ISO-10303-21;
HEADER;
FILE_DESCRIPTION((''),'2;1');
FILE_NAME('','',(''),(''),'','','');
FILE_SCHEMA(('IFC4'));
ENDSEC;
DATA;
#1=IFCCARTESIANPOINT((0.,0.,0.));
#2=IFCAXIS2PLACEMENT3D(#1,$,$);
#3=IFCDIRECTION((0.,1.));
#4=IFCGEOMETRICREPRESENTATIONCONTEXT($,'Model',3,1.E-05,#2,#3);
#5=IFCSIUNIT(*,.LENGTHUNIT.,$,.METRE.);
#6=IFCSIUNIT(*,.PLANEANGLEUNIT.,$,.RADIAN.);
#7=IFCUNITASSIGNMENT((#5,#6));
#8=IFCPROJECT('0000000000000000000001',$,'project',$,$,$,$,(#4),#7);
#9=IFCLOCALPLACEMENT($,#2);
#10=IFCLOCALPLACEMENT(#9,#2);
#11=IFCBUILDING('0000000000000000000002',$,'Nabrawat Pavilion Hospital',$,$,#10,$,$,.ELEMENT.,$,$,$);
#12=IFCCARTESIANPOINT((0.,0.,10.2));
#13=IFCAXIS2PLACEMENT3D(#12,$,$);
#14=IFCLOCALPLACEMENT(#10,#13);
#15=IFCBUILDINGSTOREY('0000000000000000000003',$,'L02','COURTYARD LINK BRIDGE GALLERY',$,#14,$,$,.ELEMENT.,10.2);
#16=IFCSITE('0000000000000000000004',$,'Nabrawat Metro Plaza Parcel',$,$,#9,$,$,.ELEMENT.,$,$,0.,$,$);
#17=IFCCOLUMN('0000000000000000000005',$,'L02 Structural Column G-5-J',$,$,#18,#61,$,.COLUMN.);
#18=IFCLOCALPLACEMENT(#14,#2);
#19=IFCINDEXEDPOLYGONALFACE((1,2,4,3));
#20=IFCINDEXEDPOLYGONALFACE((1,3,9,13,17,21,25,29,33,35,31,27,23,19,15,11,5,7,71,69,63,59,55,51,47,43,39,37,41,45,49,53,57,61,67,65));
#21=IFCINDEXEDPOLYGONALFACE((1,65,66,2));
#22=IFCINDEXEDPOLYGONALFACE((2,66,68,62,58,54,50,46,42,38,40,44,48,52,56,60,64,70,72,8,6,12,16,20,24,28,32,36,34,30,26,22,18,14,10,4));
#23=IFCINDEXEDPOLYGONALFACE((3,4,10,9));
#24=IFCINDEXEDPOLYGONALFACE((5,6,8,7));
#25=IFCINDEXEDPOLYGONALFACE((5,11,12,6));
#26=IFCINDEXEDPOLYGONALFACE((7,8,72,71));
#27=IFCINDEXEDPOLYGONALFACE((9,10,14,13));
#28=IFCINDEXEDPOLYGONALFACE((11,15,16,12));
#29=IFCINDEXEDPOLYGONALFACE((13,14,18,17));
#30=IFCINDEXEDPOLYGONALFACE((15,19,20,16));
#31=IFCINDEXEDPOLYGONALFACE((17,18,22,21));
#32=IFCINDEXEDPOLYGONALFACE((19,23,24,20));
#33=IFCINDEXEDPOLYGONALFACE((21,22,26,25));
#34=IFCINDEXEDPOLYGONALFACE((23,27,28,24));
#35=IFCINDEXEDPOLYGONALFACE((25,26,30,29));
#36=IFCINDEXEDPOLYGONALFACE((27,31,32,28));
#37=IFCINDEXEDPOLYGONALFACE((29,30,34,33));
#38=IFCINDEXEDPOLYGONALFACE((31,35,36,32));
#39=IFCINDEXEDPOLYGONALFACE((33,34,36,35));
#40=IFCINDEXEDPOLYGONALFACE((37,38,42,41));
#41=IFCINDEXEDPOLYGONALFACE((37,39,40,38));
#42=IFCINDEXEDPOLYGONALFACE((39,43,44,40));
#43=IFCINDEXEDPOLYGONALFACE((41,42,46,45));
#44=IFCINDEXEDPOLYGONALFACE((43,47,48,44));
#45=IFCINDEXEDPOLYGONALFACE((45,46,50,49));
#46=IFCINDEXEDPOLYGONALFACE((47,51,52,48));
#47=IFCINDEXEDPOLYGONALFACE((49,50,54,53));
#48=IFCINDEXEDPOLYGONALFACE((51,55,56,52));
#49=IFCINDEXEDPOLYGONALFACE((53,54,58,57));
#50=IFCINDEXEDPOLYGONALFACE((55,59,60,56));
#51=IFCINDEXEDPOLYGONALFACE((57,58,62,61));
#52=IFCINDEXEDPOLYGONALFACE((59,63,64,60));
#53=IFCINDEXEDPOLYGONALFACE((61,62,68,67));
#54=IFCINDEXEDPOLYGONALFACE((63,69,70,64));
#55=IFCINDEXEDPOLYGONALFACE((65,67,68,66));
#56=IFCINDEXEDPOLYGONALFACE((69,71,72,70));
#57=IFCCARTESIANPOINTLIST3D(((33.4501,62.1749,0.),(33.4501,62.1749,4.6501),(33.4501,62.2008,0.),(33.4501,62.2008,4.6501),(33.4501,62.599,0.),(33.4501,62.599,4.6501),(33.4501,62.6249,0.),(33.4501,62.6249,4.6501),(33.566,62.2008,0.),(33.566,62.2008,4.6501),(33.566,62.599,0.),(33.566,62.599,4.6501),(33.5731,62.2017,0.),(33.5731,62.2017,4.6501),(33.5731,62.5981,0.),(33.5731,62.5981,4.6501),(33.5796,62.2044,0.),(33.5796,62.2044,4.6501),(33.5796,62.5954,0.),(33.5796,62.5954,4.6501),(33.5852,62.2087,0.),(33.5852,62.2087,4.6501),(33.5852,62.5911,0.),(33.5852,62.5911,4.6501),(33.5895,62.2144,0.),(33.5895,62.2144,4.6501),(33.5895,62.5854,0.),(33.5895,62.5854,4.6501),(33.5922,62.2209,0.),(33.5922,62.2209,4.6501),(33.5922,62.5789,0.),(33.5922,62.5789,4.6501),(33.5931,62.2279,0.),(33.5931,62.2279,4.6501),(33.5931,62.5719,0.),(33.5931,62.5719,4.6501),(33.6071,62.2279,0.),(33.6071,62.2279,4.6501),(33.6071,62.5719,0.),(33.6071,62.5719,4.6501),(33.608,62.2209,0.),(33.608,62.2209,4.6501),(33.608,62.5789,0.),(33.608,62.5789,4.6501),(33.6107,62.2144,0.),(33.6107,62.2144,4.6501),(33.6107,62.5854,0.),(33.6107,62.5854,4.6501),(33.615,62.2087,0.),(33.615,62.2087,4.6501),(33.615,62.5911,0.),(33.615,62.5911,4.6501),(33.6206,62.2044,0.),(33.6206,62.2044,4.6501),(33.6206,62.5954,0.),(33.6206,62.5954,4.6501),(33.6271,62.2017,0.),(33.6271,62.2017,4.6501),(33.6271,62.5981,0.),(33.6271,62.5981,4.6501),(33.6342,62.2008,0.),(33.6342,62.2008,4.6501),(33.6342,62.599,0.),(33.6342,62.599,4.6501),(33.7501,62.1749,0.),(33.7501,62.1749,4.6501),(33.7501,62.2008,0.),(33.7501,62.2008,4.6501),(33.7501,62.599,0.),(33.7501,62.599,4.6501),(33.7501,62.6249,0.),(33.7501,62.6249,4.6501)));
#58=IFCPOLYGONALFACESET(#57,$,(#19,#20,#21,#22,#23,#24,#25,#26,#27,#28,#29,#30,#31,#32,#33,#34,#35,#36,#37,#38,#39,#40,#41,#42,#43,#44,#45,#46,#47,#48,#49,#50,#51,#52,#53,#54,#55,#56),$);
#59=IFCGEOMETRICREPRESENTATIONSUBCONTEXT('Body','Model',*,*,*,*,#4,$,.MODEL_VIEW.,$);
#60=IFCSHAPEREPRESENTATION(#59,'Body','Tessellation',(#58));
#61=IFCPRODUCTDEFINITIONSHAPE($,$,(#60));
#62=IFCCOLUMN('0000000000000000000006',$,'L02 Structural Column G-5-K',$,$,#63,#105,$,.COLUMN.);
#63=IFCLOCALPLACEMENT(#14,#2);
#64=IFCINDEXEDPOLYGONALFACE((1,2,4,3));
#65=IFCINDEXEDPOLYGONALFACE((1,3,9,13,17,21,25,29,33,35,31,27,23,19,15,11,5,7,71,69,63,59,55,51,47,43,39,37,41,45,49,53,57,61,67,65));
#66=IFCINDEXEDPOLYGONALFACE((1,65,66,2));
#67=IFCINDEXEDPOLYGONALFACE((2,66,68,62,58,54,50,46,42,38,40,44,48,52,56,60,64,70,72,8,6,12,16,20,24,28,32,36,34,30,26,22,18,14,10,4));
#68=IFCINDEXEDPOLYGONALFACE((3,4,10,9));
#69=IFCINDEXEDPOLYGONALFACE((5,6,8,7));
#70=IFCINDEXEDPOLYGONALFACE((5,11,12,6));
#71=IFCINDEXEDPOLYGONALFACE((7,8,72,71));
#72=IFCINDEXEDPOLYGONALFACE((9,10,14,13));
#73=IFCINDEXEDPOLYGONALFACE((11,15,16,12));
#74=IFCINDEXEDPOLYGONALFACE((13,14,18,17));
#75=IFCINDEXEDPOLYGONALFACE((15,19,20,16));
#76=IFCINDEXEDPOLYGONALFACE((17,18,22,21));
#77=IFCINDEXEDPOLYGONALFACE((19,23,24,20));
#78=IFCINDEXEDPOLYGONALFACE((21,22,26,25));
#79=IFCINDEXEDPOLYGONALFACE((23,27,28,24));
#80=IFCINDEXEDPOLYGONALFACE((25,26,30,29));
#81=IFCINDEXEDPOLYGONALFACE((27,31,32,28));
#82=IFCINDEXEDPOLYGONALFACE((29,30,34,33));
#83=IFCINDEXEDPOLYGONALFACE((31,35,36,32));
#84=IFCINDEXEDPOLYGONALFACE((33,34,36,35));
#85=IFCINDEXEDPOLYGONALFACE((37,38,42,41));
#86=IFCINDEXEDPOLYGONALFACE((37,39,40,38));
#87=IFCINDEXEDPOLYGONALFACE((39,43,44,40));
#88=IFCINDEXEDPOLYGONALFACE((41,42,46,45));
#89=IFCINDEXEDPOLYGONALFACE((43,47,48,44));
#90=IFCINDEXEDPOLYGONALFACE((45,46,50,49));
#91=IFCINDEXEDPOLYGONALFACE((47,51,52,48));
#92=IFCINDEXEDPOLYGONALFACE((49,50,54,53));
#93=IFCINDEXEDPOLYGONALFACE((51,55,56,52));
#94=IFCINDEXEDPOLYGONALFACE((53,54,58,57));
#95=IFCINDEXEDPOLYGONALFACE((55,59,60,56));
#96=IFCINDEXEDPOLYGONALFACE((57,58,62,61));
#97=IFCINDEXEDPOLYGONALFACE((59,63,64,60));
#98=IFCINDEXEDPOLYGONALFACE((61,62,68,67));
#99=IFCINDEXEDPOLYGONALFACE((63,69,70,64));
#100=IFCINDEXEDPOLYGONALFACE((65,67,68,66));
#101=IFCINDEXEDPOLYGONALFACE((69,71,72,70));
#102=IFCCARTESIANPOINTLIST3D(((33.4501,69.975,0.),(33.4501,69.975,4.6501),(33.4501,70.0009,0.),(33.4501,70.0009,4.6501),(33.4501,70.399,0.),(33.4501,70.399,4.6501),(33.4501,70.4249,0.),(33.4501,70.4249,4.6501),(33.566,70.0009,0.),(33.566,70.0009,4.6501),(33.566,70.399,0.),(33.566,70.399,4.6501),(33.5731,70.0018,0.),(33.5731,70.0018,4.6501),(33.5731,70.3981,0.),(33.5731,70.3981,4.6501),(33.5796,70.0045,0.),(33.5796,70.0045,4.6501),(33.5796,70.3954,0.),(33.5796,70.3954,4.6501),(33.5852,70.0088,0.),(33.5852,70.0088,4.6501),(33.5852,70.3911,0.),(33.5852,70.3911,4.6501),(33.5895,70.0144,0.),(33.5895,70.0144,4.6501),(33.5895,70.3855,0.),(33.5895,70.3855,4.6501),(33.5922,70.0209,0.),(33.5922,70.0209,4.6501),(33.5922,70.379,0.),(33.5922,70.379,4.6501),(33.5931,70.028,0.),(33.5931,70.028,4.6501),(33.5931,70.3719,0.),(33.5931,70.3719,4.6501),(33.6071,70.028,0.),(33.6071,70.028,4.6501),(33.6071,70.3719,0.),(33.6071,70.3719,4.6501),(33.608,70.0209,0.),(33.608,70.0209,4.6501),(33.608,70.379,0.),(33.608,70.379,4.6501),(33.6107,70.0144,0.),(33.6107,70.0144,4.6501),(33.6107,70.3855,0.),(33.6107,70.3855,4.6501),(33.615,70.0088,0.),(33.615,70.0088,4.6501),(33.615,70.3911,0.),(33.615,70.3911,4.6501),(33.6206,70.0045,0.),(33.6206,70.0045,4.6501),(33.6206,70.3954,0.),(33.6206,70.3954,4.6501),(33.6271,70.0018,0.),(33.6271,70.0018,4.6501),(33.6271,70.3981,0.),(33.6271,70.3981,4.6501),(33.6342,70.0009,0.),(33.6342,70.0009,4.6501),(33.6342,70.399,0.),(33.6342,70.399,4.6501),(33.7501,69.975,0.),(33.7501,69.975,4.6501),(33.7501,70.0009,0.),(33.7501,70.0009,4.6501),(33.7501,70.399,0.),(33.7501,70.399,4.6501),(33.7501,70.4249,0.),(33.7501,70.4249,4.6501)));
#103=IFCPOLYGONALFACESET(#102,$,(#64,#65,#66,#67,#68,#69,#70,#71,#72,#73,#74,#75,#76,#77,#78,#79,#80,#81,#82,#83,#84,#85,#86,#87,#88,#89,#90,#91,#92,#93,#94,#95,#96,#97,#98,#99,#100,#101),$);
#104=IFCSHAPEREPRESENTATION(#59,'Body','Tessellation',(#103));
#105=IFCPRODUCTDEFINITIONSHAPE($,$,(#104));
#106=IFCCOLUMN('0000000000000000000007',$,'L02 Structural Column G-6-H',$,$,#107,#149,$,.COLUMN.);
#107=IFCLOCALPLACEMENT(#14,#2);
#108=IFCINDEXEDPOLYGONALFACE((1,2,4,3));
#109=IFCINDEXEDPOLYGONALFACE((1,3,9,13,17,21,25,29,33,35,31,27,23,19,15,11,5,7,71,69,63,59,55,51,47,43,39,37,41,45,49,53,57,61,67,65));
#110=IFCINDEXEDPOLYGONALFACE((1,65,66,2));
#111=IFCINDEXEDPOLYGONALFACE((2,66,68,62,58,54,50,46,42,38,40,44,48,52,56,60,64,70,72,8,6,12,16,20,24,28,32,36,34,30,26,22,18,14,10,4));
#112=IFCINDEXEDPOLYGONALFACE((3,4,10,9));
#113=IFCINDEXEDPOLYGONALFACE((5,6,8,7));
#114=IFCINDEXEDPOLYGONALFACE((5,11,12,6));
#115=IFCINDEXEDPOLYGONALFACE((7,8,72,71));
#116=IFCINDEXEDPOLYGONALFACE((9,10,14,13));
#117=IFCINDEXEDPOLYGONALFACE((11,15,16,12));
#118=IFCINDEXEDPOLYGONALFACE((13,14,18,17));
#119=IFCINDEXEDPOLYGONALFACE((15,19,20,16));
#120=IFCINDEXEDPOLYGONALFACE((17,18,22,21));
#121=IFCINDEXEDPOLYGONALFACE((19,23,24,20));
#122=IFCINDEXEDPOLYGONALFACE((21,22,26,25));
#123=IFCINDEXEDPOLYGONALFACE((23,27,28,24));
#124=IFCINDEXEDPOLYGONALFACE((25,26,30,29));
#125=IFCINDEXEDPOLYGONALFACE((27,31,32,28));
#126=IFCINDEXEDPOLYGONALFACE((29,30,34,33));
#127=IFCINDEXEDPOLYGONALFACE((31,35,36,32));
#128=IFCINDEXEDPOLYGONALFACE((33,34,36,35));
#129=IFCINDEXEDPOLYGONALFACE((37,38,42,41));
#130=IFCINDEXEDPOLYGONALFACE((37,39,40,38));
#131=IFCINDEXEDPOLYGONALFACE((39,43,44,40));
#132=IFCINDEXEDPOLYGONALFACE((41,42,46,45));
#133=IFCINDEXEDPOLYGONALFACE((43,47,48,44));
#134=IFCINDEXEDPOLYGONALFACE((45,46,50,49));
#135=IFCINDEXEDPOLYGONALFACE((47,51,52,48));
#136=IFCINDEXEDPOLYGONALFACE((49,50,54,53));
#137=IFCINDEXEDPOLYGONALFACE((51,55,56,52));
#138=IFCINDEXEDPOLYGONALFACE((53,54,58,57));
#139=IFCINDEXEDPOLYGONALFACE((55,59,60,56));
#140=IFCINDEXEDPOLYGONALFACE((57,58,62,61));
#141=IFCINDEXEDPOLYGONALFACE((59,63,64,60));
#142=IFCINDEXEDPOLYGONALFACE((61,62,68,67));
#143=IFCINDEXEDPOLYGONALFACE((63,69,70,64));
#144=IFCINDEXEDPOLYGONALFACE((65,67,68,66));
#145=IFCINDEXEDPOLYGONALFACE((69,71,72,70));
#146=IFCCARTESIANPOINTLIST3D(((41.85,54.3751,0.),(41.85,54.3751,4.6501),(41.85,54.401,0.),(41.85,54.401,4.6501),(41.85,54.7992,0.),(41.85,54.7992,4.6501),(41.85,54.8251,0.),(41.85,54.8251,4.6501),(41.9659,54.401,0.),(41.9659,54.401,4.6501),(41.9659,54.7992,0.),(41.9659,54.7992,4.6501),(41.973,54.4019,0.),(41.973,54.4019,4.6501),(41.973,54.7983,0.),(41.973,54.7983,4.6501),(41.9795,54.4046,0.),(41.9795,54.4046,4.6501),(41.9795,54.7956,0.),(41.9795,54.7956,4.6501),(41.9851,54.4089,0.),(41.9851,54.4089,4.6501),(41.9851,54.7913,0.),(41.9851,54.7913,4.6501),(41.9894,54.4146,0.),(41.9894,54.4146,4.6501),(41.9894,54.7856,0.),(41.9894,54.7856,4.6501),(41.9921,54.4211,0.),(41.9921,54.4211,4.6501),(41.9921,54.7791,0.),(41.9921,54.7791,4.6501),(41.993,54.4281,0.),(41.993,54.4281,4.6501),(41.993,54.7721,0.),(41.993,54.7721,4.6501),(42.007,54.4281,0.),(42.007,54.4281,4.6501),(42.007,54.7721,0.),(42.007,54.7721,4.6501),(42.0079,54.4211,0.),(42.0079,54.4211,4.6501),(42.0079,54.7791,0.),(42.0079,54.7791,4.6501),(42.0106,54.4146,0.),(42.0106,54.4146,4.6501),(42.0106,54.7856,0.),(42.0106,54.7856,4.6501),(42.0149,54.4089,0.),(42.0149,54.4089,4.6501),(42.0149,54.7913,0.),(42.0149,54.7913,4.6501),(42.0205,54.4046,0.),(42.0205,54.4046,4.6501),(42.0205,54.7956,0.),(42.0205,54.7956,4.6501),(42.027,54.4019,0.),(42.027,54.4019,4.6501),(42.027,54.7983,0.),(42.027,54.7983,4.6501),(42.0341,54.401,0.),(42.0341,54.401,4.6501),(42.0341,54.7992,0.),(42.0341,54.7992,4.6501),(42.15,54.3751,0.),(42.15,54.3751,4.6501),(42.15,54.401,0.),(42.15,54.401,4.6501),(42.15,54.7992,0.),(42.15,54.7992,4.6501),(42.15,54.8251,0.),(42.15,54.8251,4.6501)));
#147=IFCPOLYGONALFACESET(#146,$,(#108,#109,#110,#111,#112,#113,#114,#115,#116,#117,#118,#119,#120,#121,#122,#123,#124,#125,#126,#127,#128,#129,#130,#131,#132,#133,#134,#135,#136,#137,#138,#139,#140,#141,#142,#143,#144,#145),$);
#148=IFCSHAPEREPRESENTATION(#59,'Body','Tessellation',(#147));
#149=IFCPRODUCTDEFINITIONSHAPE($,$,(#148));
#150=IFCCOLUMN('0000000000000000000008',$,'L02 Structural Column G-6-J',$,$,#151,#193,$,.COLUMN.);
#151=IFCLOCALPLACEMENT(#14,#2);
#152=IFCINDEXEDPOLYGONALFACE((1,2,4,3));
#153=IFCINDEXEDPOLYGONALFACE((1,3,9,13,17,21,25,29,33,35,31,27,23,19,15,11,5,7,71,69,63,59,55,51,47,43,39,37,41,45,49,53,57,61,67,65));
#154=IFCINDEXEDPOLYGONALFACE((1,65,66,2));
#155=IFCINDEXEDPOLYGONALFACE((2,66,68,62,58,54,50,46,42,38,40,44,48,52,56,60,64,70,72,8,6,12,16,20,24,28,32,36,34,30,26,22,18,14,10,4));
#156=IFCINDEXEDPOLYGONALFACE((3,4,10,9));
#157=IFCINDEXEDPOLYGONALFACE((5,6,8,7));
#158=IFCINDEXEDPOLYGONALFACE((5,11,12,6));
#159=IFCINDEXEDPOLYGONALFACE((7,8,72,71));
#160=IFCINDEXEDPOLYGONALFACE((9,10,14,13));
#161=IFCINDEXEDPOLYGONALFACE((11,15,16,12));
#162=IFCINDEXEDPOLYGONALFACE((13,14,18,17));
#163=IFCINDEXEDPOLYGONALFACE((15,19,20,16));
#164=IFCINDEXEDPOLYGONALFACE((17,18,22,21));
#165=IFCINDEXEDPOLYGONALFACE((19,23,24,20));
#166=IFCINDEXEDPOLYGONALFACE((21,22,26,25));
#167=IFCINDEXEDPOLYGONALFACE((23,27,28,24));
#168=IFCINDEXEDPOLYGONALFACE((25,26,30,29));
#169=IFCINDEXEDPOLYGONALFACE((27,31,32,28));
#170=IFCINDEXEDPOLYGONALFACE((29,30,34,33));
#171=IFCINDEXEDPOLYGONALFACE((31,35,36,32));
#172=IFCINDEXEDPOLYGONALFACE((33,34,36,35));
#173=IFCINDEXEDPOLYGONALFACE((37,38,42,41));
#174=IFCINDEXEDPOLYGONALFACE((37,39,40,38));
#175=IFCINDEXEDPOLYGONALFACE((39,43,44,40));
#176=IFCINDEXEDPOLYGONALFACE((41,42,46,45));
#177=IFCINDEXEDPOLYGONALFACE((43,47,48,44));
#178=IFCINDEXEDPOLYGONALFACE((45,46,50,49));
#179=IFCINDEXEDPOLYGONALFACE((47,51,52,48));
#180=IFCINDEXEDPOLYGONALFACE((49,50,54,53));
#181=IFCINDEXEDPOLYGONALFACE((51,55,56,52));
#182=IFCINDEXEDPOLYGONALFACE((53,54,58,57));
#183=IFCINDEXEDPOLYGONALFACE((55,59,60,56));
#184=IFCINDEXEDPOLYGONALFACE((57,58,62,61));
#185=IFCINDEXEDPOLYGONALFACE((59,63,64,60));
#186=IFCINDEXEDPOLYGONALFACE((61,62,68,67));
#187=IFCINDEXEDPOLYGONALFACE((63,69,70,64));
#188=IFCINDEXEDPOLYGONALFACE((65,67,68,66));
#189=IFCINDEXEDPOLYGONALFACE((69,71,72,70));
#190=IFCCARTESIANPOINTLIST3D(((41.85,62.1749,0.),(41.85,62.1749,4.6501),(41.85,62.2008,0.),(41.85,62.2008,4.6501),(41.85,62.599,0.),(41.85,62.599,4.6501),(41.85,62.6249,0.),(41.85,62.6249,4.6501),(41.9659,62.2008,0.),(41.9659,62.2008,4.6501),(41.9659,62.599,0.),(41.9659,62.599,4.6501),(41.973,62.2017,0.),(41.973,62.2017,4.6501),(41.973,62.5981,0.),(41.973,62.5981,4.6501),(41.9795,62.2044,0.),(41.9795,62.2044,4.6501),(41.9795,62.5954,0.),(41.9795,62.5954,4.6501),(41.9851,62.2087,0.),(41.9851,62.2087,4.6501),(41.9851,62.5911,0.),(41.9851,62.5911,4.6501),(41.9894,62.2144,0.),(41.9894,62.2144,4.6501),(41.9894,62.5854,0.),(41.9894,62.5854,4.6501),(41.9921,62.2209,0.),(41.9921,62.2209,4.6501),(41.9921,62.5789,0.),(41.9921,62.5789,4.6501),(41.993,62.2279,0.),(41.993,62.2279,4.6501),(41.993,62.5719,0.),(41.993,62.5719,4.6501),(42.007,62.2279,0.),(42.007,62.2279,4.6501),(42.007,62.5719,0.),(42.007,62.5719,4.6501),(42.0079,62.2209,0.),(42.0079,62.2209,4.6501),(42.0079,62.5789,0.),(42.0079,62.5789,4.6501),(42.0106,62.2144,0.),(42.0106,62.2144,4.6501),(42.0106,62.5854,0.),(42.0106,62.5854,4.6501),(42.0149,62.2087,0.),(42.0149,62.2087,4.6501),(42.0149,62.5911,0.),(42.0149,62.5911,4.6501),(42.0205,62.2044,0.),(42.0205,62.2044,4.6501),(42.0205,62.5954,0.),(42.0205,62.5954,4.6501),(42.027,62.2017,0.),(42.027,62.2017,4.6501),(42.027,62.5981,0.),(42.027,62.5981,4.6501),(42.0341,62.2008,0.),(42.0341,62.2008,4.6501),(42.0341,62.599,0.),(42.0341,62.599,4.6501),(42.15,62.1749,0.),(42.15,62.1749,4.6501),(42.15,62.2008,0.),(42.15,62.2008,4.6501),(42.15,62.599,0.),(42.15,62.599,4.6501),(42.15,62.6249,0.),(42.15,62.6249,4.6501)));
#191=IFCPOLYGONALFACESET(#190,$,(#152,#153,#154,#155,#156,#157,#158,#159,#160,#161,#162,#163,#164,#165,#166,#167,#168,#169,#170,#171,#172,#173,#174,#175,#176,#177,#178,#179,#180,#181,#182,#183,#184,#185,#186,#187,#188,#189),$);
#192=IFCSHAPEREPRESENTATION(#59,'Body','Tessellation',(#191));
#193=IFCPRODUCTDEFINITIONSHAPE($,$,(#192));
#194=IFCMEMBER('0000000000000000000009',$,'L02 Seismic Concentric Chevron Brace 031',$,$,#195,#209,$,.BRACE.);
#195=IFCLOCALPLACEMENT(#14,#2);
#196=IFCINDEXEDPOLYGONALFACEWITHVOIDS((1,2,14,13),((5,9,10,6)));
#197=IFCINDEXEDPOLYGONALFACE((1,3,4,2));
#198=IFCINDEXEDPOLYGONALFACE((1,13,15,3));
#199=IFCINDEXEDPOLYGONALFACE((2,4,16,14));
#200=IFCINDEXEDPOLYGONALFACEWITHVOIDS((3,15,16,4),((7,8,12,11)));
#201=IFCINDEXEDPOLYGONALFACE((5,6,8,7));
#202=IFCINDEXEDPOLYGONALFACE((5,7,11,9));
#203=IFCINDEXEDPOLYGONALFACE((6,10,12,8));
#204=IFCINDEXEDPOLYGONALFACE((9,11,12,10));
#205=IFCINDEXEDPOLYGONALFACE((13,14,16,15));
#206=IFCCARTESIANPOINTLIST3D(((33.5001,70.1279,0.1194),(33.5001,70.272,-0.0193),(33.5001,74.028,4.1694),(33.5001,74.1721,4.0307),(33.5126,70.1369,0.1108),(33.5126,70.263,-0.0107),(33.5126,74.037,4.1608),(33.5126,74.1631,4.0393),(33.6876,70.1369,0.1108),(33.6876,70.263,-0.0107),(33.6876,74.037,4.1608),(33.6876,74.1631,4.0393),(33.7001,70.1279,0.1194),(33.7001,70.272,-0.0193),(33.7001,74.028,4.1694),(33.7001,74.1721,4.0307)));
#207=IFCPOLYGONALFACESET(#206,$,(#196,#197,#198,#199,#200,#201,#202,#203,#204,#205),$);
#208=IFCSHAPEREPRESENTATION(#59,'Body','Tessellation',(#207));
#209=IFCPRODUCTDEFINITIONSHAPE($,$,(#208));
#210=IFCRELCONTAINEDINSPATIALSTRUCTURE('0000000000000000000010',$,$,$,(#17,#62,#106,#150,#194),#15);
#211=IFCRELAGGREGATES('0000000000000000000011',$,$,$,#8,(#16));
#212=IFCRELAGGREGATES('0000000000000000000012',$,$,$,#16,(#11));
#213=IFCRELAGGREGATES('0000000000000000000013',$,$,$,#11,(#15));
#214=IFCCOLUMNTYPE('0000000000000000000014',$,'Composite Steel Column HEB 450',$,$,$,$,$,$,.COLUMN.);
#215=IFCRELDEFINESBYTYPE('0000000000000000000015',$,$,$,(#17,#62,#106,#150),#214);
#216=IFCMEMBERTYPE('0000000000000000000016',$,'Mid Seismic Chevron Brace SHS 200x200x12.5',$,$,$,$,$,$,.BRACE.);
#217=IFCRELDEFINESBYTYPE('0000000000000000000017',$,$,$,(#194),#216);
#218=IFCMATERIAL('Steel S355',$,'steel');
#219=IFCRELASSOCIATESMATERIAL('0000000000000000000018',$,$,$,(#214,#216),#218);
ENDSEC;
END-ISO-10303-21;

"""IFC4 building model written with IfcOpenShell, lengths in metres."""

from ifc_helpers import new_model, si_unit, direction, frame, origin, origin_2d, place, context, subcontext, project, spatial, hollow_rectangle, i_section, extrude, material, material_profile, profile_set, type_object, element, save


model = new_model("IFC4")

# Units and contexts
model_context = context("Model", 3, precision=1e-05, world=origin(), true_north=direction((0.0, 1.0)))
body_context = subcontext(model_context, "Body", "Model", "MODEL_VIEW")
ifc_project = project(units=[si_unit("LENGTHUNIT", "METRE"), si_unit("PLANEANGLEUNIT", "RADIAN")], contexts=[model_context])

# Site, building, storey
site_placement = place(None, origin())
site = spatial("IfcSite", under=ifc_project, at=site_placement, Name="Nabrawat Metro Plaza Parcel", CompositionType="ELEMENT", RefElevation=0.0)
building_placement = place(site_placement, origin())
building = spatial("IfcBuilding", under=site, at=building_placement, Name="Nabrawat Pavilion Hospital", CompositionType="ELEMENT")
storey_placement = place(building_placement, frame((0.0, 0.0, 10.2)))
storey = spatial("IfcBuildingStorey", under=building, at=storey_placement, Name="L02", Description="COURTYARD LINK BRIDGE GALLERY", CompositionType="ELEMENT", Elevation=10.2)

# Columns
ifc_material_1 = material(Name="Steel S355", Category="steel")
ifc_material_profile_1 = material_profile(ifc_material_1, i_section(OverallWidth=0.3, OverallDepth=0.45, WebThickness=0.0139, FlangeThickness=0.0259, FilletRadius=0.0271, at=origin_2d()), Name="HEB 450")
ifc_profile_set_1 = profile_set([ifc_material_profile_1], Name="Steel S355")
column_type = type_object("IfcColumnType", Name="Composite Steel Column HEB 450", PredefinedType="COLUMN", material=ifc_profile_set_1)
for number, where, z_axis, x_axis, name in (
    (1, (33.6001, 62.3999, 0.0), (0.0, 0.0, 1.0), (1.0, 0.0, 0.0), "L02 Structural Column G-5-J"),
    (2, (33.6001, 70.2, 0.0), (0.0, 0.0, 1.0), (1.0, 0.0, 0.0), "L02 Structural Column G-5-K"),
    (3, (42.0, 54.6001, 0.0), (0.0, 0.0, 1.0), (1.0, 0.0, 0.0), "L02 Structural Column G-6-H"),
    (4, (42.0, 62.3999, 0.0), (0.0, 0.0, 1.0), (1.0, 0.0, 0.0), "L02 Structural Column G-6-J"),
):
    element("IfcColumn", number, at=place(storey_placement, frame(where, z_axis=z_axis, x_axis=x_axis)), inside=storey, type_object=column_type, Name=name, PredefinedType="COLUMN", context=body_context, shape_type="SweptSolid", body=[
        extrude(i_section(OverallWidth=0.3, OverallDepth=0.45, WebThickness=0.0139, FlangeThickness=0.0259, FilletRadius=0.0271, at=origin_2d()), origin(), (0.0, 0.0, 1.0), 4.6501),
    ])

# Member
ifc_material_profile_2 = material_profile(ifc_material_1, hollow_rectangle(XDim=0.2, YDim=0.2, WallThickness=0.0125, at=origin_2d()), Name="SHS 200x200x12.5")
ifc_profile_set_2 = profile_set([ifc_material_profile_2], Name="Steel S355")
member_type = type_object("IfcMemberType", Name="Mid Seismic Chevron Brace SHS 200x200x12.5", PredefinedType="BRACE", material=ifc_profile_set_2)
member_placement = place(storey_placement, frame((33.6001, 70.2, 0.05), z_axis=(0.0, 0.693651, 0.720311), x_axis=(-1.0, 0.0, 0.0)))
element("IfcMember", 5, at=member_placement, inside=storey, type_object=member_type, Name="L02 Seismic Concentric Chevron Brace 031", PredefinedType="BRACE", context=body_context, shape_type="SweptSolid", body=[
    extrude(hollow_rectangle(XDim=0.2, YDim=0.2, WallThickness=0.0125, at=origin_2d()), origin(), (0.0, 0.0, 1.0), 5.6226),
])

save(model, "model.ifc")
